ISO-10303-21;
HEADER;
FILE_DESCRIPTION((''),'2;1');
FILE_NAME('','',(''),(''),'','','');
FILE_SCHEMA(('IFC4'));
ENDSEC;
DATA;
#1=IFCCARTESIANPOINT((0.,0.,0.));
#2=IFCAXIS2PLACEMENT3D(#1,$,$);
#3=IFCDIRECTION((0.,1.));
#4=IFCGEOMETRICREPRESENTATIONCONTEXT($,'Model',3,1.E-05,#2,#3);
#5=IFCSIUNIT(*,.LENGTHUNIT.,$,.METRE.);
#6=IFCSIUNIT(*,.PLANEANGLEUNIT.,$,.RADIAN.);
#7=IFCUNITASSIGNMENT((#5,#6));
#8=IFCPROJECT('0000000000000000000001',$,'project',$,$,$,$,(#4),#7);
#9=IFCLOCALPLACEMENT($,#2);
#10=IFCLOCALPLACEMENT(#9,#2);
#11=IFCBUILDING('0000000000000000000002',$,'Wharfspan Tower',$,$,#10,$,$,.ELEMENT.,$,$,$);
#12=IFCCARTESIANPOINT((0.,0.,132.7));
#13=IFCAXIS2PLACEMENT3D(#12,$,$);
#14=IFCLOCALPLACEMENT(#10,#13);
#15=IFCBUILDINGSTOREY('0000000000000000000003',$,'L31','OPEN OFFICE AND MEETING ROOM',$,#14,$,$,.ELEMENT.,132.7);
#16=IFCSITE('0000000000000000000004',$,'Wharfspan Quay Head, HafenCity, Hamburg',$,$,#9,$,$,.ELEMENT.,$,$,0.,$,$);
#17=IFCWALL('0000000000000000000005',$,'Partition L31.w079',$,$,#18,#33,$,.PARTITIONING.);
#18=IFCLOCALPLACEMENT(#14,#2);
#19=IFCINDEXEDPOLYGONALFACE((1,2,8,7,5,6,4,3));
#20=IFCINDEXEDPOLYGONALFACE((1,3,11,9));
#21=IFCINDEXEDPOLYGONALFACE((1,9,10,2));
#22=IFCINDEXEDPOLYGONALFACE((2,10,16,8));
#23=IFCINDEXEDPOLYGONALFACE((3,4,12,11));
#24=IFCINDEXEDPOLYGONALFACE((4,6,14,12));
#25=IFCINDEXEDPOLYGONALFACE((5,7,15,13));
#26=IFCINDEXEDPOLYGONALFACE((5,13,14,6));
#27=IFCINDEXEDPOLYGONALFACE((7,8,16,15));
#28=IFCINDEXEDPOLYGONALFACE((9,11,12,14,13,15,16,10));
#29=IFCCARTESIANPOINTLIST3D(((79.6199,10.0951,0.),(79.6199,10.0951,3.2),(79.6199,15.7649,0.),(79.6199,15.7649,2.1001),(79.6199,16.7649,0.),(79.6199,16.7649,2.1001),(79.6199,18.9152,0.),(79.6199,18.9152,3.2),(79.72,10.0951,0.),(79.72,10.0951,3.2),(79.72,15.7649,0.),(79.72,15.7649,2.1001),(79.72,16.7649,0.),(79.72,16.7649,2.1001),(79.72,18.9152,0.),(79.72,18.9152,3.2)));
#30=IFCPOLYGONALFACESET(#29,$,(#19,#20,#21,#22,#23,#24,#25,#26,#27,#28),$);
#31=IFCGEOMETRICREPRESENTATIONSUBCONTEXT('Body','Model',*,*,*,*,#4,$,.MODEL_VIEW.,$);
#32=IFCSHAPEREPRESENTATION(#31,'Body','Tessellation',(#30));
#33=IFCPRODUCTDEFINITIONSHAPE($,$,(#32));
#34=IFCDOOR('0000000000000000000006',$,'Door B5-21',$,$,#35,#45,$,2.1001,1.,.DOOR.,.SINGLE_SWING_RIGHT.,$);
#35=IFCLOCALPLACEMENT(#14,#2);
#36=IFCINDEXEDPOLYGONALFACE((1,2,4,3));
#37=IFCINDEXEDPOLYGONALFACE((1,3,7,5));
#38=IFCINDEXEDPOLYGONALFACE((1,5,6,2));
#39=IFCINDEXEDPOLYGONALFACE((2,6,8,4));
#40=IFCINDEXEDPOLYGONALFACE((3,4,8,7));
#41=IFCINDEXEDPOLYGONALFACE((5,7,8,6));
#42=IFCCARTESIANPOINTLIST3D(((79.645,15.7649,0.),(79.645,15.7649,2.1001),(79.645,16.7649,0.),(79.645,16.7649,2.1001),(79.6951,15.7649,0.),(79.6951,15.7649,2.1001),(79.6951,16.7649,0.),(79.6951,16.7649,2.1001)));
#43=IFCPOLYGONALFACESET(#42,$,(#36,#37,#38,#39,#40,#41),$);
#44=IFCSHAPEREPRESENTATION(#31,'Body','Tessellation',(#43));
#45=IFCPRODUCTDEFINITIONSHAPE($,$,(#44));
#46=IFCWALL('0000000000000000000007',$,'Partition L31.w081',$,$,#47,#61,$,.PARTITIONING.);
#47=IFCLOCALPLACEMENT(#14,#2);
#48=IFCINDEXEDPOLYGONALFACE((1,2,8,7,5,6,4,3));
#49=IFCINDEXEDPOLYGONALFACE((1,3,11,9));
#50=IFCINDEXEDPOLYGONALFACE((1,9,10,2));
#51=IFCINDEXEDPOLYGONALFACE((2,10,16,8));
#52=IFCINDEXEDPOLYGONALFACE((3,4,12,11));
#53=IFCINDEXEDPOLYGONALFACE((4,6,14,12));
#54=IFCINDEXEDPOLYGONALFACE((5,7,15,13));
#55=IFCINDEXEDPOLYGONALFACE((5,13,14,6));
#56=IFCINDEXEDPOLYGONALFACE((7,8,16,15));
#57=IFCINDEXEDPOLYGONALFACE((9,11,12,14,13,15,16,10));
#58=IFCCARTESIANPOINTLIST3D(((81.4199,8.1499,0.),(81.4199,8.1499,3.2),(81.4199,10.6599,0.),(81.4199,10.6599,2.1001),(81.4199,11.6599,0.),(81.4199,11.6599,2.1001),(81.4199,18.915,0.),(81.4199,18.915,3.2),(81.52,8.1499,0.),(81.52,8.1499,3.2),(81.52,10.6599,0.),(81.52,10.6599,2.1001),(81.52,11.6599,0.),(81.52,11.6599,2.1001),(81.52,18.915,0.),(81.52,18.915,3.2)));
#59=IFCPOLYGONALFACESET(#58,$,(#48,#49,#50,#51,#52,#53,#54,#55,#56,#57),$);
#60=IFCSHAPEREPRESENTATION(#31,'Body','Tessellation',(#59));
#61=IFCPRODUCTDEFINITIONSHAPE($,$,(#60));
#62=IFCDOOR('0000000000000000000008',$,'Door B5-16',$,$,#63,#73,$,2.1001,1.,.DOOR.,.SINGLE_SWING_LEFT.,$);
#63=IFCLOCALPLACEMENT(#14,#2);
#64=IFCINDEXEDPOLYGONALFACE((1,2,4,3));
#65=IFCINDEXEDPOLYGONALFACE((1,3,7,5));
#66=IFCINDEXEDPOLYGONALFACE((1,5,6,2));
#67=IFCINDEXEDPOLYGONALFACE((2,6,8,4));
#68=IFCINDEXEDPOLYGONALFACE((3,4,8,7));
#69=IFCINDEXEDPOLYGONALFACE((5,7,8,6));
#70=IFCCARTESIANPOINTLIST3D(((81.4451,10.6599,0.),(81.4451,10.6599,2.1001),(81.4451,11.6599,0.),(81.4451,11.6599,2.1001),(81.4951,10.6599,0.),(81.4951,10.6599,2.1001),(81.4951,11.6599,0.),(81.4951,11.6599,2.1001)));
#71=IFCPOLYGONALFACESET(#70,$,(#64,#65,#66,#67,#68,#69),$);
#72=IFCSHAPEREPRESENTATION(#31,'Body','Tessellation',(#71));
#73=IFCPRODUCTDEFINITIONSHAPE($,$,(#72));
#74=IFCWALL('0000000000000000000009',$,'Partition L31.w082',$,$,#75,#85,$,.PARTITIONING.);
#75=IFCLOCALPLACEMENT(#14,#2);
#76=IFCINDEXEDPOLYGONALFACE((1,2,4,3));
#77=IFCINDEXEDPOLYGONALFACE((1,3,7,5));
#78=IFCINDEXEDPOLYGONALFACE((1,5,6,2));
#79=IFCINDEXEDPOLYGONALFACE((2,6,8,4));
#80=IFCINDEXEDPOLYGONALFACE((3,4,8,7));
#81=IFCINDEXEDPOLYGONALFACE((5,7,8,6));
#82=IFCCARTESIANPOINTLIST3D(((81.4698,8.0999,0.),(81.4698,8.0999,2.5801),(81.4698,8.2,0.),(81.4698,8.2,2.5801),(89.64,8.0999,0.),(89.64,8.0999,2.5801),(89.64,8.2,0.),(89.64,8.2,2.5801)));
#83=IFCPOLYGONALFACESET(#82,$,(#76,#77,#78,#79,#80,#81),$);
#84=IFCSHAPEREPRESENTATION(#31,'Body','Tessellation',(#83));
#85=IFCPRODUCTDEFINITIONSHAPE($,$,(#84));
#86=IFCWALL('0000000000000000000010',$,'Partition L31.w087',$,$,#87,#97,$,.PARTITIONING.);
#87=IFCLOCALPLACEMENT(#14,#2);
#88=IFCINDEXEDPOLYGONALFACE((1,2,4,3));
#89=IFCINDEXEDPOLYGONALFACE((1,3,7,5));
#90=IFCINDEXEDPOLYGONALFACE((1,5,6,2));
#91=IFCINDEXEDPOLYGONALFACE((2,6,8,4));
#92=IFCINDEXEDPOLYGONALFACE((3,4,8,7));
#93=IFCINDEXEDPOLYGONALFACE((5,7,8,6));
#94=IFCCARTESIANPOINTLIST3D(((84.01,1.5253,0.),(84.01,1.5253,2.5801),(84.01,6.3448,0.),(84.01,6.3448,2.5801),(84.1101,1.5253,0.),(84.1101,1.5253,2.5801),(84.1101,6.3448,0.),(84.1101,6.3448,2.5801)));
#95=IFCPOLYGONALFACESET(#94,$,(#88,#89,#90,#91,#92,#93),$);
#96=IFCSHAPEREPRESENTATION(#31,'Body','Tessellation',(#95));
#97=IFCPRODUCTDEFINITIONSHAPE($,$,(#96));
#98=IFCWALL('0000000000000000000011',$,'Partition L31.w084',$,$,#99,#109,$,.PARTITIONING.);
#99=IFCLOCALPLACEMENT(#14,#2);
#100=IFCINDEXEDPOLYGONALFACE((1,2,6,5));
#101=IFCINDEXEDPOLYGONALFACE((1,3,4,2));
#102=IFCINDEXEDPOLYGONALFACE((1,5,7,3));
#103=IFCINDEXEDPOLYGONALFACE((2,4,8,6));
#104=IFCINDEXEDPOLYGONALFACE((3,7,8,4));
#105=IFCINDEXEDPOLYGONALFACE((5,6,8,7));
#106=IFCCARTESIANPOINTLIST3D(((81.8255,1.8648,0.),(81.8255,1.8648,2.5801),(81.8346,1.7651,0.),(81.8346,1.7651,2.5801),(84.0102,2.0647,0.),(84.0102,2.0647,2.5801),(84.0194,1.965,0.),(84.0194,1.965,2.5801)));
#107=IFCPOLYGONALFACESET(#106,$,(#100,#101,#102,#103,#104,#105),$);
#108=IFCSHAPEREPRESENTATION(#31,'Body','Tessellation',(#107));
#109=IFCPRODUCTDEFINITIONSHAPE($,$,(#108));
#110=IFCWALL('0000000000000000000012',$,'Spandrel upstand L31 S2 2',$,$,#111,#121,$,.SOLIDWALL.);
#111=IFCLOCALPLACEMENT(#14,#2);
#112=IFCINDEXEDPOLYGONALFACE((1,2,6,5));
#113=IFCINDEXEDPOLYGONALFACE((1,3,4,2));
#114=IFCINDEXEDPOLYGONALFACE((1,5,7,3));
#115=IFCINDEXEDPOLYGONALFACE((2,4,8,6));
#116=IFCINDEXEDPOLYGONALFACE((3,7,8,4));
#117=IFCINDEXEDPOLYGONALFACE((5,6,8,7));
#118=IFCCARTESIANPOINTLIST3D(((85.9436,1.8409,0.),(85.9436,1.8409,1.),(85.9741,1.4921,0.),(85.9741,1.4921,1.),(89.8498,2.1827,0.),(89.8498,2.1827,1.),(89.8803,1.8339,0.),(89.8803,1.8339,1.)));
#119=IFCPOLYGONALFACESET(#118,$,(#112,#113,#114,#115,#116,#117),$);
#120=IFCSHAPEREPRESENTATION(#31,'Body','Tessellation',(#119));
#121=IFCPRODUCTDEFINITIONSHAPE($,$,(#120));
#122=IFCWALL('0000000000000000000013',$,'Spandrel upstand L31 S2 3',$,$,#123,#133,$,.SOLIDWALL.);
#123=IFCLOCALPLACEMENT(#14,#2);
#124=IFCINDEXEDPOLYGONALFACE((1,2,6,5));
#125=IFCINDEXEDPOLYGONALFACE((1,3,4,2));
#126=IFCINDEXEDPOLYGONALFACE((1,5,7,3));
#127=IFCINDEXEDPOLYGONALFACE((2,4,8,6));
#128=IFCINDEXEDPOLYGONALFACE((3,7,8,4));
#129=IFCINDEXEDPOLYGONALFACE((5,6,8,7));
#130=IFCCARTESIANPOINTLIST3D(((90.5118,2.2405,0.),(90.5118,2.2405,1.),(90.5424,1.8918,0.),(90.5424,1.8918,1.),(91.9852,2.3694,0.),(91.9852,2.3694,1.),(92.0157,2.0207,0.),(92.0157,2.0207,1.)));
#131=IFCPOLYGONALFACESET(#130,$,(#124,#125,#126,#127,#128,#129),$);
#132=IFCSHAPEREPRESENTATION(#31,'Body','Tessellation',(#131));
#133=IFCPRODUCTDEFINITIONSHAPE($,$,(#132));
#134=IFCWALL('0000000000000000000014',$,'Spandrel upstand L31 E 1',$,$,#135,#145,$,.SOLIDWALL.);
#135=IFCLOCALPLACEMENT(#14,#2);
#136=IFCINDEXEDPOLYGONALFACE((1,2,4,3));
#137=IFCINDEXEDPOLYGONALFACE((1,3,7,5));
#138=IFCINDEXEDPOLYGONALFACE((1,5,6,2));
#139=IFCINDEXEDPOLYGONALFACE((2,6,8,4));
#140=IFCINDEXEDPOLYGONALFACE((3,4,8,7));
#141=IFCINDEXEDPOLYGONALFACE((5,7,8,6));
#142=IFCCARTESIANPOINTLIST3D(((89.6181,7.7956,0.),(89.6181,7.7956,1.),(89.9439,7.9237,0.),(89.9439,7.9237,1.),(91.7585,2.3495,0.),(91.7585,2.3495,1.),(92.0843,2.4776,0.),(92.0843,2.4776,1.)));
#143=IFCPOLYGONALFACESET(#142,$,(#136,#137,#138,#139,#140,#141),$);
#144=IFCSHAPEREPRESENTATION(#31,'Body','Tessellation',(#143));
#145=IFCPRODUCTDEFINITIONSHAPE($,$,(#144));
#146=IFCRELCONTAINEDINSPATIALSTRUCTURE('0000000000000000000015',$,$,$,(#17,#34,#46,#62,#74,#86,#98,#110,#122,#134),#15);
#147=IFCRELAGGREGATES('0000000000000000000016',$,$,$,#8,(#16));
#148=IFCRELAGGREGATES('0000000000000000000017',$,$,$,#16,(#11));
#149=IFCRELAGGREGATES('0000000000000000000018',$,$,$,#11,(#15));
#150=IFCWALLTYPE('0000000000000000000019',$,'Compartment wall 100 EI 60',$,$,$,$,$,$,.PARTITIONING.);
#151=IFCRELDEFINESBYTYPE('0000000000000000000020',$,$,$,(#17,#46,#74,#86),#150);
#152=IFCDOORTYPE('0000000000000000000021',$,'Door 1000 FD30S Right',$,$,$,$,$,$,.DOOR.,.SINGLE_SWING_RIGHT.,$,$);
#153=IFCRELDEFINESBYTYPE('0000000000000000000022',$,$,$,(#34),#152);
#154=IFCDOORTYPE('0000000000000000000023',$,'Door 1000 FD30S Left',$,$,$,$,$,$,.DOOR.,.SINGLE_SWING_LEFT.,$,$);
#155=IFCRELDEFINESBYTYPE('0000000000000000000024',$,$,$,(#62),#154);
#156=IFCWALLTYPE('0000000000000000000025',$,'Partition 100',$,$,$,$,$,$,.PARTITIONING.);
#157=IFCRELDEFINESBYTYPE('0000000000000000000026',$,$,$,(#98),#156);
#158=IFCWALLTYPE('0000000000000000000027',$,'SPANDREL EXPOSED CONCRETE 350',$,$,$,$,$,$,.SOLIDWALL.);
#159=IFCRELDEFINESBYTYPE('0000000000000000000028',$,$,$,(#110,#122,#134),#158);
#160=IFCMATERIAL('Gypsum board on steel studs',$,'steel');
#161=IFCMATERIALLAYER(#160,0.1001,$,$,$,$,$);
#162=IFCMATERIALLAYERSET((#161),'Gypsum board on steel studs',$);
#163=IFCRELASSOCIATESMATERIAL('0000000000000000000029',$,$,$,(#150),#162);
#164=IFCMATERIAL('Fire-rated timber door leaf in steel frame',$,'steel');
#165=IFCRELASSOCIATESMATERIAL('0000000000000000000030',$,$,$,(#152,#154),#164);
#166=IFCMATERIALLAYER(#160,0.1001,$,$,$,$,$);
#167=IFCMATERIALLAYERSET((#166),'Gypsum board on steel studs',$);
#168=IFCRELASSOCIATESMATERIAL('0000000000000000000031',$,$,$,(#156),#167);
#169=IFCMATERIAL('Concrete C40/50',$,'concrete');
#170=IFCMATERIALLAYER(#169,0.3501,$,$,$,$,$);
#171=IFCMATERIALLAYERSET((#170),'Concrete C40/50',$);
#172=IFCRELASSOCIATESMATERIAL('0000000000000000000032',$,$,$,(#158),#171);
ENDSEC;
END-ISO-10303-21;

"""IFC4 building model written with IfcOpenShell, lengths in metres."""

from ifc_helpers import new_model, si_unit, direction, frame, frame_2d, origin, place, context, subcontext, project, spatial, rectangle, extrude, material, layer, layer_set, type_object, element, fill, save


model = new_model("IFC4")

# Units and contexts
model_context = context("Model", 3, precision=1e-05, world=origin(), true_north=direction((0.0, 1.0)))
body_context = subcontext(model_context, "Body", "Model", "MODEL_VIEW")
ifc_project = project(units=[si_unit("LENGTHUNIT", "METRE"), si_unit("PLANEANGLEUNIT", "RADIAN")], contexts=[model_context])

# Site, building, storey
site_placement = place(None, origin())
site = spatial("IfcSite", under=ifc_project, at=site_placement, Name="Wharfspan Quay Head, HafenCity, Hamburg", CompositionType="ELEMENT", RefElevation=0.0)
building_placement = place(site_placement, origin())
building = spatial("IfcBuilding", under=site, at=building_placement, Name="Wharfspan Tower", CompositionType="ELEMENT")
storey_placement = place(building_placement, frame((0.0, 0.0, 132.7)))
storey = spatial("IfcBuildingStorey", under=building, at=storey_placement, Name="L31", Description="OPEN OFFICE AND MEETING ROOM", CompositionType="ELEMENT", Elevation=132.7)

# Walls, openings, doors
ifc_material_1 = material(Name="Gypsum board on steel studs", Category="steel")
ifc_layer_1 = layer(ifc_material_1, 0.1001)
ifc_layer_set_1 = layer_set([ifc_layer_1], Name="Gypsum board on steel studs")
wall_type_1 = type_object("IfcWallType", Name="Compartment wall 100 EI 60", PredefinedType="PARTITIONING", material=ifc_layer_set_1)
wall_1_placement = place(storey_placement, frame((79.6699, 10.095, 0.0), z_axis=(0.0, 0.0, 1.0), x_axis=(0.0, 1.0, 0.0)))
wall_1 = element("IfcWall", 1, at=wall_1_placement, inside=storey, type_object=wall_type_1, Name="Partition L31.w079", PredefinedType="PARTITIONING", context=body_context, shape_type="SweptSolid", body=[
    extrude(rectangle(XDim=8.8201, YDim=0.1001, at=frame_2d((4.4102, 0.0))), origin(), (0.0, 0.0, 1.0), 3.2),
])
opening_1_placement = place(wall_1_placement, frame((5.6699, 0.0, 0.0)))
opening_1 = element("IfcOpeningElement", 2, at=opening_1_placement, cuts=wall_1, PredefinedType="OPENING", context=body_context, shape_type="SweptSolid", body=[
    extrude(rectangle(XDim=1.0, YDim=2.1001, at=frame_2d((0.5, 1.05))), frame((0.0, 0.0601, 0.0), z_axis=(0.0, -1.0, 0.0), x_axis=(1.0, 0.0, 0.0)), (0.0, 0.0, 1.0), 0.1201),
])
ifc_material_2 = material(Name="Fire-rated timber door leaf in steel frame", Category="steel")
door_type_1 = type_object("IfcDoorType", Name="Door 1000 FD30S Right", OperationType="SINGLE_SWING_RIGHT", PredefinedType="DOOR", material=ifc_material_2)
door_1_placement = place(opening_1_placement, origin())
door_1 = element("IfcDoor", 3, at=door_1_placement, inside=storey, type_object=door_type_1, Name="Door B5-21", OperationType="SINGLE_SWING_RIGHT", OverallHeight=2.1001, OverallWidth=1.0, PredefinedType="DOOR", context=body_context, shape_type="SweptSolid", body=[
    extrude(rectangle(XDim=1.0, YDim=2.1001, at=frame_2d((0.5, 1.05))), frame((0.0, 0.0249, 0.0), z_axis=(0.0, -1.0, 0.0), x_axis=(1.0, 0.0, 0.0)), (0.0, 0.0, 1.0), 0.05),
])
fill(opening_1, door_1)
wall_2_placement = place(storey_placement, frame((81.47, 8.1499, 0.0), z_axis=(0.0, 0.0, 1.0), x_axis=(0.0, 1.0, 0.0)))
wall_2 = element("IfcWall", 4, at=wall_2_placement, inside=storey, type_object=wall_type_1, Name="Partition L31.w081", PredefinedType="PARTITIONING", context=body_context, shape_type="SweptSolid", body=[
    extrude(rectangle(XDim=10.7651, YDim=0.1001, at=frame_2d((5.3826, 0.0))), origin(), (0.0, 0.0, 1.0), 3.2),
])
opening_2_placement = place(wall_2_placement, frame((2.51, 0.0, 0.0)))
opening_2 = element("IfcOpeningElement", 5, at=opening_2_placement, cuts=wall_2, PredefinedType="OPENING", context=body_context, shape_type="SweptSolid", body=[
    extrude(rectangle(XDim=1.0, YDim=2.1001, at=frame_2d((0.5, 1.05))), frame((0.0, 0.0601, 0.0), z_axis=(0.0, -1.0, 0.0), x_axis=(1.0, 0.0, 0.0)), (0.0, 0.0, 1.0), 0.1201),
])
door_type_2 = type_object("IfcDoorType", Name="Door 1000 FD30S Left", OperationType="SINGLE_SWING_LEFT", PredefinedType="DOOR", material=ifc_material_2)
door_2_placement = place(opening_2_placement, origin())
door_2 = element("IfcDoor", 6, at=door_2_placement, inside=storey, type_object=door_type_2, Name="Door B5-16", OperationType="SINGLE_SWING_LEFT", OverallHeight=2.1001, OverallWidth=1.0, PredefinedType="DOOR", context=body_context, shape_type="SweptSolid", body=[
    extrude(rectangle(XDim=1.0, YDim=2.1001, at=frame_2d((0.5, 1.05))), frame((0.0, 0.0249, 0.0), z_axis=(0.0, -1.0, 0.0), x_axis=(1.0, 0.0, 0.0)), (0.0, 0.0, 1.0), 0.05),
])
fill(opening_2, door_2)

# Walls
wall_3_placement = place(storey_placement, frame((81.47, 8.1499, 0.0), z_axis=(0.0, 0.0, 1.0), x_axis=(1.0, 0.0, 0.0)))
element("IfcWall", 7, at=wall_3_placement, inside=storey, type_object=wall_type_1, Name="Partition L31.w082", PredefinedType="PARTITIONING", context=body_context, shape_type="SweptSolid", body=[
    extrude(rectangle(XDim=8.1702, YDim=0.1001, at=frame_2d((4.085, 0.0))), origin(), (0.0, 0.0, 1.0), 2.5801),
])
wall_4_placement = place(storey_placement, frame((84.0601, 1.5254, 0.0), z_axis=(0.0, 0.0, 1.0), x_axis=(0.0, 1.0, 0.0)))
element("IfcWall", 8, at=wall_4_placement, inside=storey, type_object=wall_type_1, Name="Partition L31.w087", PredefinedType="PARTITIONING", context=body_context, shape_type="SweptSolid", body=[
    extrude(rectangle(XDim=4.8196, YDim=0.1001, at=frame_2d((2.4097, 0.0))), origin(), (0.0, 0.0, 1.0), 2.5801),
])
ifc_layer_2 = layer(ifc_material_1, 0.1001)
ifc_layer_set_2 = layer_set([ifc_layer_2], Name="Gypsum board on steel studs")
wall_type_2 = type_object("IfcWallType", Name="Partition 100", PredefinedType="PARTITIONING", material=ifc_layer_set_2)
wall_5_placement = place(storey_placement, frame((81.8301, 1.8149, 0.0), z_axis=(0.0, 0.0, 1.0), x_axis=(0.995841, 0.091138, 0.0)))
element("IfcWall", 9, at=wall_5_placement, inside=storey, type_object=wall_type_2, Name="Partition L31.w084", PredefinedType="PARTITIONING", context=body_context, shape_type="SweptSolid", body=[
    extrude(rectangle(XDim=2.1938, YDim=0.1001, at=frame_2d((1.0969, 0.0))), origin(), (0.0, 0.0, 1.0), 2.5801),
])
ifc_material_3 = material(Name="Concrete C40/50", Category="concrete")
ifc_layer_3 = layer(ifc_material_3, 0.3501)
ifc_layer_set_3 = layer_set([ifc_layer_3], Name="Concrete C40/50")
wall_type_3 = type_object("IfcWallType", Name="SPANDREL EXPOSED CONCRETE 350", PredefinedType="SOLIDWALL", material=ifc_layer_set_3)
wall_6_placement = place(storey_placement, frame((85.959, 1.6665, 0.0), z_axis=(0.0, 0.0, 1.0), x_axis=(0.996194, 0.087167, 0.0)))
element("IfcWall", 10, at=wall_6_placement, inside=storey, type_object=wall_type_3, Name="Spandrel upstand L31 S2 2", PredefinedType="SOLIDWALL", context=body_context, shape_type="SweptSolid", body=[
    extrude(rectangle(XDim=3.9211, YDim=0.3501, at=frame_2d((1.9604, 0.0))), origin(), (0.0, 0.0, 1.0), 1.0),
])
wall_7_placement = place(storey_placement, frame((90.5271, 2.0662, 0.0), z_axis=(0.0, 0.0, 1.0), x_axis=(0.996198, 0.087157, 0.0)))
element("IfcWall", 11, at=wall_7_placement, inside=storey, type_object=wall_type_3, Name="Spandrel upstand L31 S2 3", PredefinedType="SOLIDWALL", context=body_context, shape_type="SweptSolid", body=[
    extrude(rectangle(XDim=1.479, YDim=0.3501, at=frame_2d((0.7395, 0.0))), origin(), (0.0, 0.0, 1.0), 1.0),
])
wall_8_placement = place(storey_placement, frame((91.9214, 2.4136, 0.0), z_axis=(0.0, 0.0, 1.0), x_axis=(-0.36578, 0.930701, 0.0)))
element("IfcWall", 12, at=wall_8_placement, inside=storey, type_object=wall_type_3, Name="Spandrel upstand L31 E 1", PredefinedType="SOLIDWALL", context=body_context, shape_type="SweptSolid", body=[
    extrude(rectangle(XDim=5.8516, YDim=0.3501, at=frame_2d((2.9258, 0.0))), origin(), (0.0, 0.0, 1.0), 1.0),
])

save(model, "model.ifc")
